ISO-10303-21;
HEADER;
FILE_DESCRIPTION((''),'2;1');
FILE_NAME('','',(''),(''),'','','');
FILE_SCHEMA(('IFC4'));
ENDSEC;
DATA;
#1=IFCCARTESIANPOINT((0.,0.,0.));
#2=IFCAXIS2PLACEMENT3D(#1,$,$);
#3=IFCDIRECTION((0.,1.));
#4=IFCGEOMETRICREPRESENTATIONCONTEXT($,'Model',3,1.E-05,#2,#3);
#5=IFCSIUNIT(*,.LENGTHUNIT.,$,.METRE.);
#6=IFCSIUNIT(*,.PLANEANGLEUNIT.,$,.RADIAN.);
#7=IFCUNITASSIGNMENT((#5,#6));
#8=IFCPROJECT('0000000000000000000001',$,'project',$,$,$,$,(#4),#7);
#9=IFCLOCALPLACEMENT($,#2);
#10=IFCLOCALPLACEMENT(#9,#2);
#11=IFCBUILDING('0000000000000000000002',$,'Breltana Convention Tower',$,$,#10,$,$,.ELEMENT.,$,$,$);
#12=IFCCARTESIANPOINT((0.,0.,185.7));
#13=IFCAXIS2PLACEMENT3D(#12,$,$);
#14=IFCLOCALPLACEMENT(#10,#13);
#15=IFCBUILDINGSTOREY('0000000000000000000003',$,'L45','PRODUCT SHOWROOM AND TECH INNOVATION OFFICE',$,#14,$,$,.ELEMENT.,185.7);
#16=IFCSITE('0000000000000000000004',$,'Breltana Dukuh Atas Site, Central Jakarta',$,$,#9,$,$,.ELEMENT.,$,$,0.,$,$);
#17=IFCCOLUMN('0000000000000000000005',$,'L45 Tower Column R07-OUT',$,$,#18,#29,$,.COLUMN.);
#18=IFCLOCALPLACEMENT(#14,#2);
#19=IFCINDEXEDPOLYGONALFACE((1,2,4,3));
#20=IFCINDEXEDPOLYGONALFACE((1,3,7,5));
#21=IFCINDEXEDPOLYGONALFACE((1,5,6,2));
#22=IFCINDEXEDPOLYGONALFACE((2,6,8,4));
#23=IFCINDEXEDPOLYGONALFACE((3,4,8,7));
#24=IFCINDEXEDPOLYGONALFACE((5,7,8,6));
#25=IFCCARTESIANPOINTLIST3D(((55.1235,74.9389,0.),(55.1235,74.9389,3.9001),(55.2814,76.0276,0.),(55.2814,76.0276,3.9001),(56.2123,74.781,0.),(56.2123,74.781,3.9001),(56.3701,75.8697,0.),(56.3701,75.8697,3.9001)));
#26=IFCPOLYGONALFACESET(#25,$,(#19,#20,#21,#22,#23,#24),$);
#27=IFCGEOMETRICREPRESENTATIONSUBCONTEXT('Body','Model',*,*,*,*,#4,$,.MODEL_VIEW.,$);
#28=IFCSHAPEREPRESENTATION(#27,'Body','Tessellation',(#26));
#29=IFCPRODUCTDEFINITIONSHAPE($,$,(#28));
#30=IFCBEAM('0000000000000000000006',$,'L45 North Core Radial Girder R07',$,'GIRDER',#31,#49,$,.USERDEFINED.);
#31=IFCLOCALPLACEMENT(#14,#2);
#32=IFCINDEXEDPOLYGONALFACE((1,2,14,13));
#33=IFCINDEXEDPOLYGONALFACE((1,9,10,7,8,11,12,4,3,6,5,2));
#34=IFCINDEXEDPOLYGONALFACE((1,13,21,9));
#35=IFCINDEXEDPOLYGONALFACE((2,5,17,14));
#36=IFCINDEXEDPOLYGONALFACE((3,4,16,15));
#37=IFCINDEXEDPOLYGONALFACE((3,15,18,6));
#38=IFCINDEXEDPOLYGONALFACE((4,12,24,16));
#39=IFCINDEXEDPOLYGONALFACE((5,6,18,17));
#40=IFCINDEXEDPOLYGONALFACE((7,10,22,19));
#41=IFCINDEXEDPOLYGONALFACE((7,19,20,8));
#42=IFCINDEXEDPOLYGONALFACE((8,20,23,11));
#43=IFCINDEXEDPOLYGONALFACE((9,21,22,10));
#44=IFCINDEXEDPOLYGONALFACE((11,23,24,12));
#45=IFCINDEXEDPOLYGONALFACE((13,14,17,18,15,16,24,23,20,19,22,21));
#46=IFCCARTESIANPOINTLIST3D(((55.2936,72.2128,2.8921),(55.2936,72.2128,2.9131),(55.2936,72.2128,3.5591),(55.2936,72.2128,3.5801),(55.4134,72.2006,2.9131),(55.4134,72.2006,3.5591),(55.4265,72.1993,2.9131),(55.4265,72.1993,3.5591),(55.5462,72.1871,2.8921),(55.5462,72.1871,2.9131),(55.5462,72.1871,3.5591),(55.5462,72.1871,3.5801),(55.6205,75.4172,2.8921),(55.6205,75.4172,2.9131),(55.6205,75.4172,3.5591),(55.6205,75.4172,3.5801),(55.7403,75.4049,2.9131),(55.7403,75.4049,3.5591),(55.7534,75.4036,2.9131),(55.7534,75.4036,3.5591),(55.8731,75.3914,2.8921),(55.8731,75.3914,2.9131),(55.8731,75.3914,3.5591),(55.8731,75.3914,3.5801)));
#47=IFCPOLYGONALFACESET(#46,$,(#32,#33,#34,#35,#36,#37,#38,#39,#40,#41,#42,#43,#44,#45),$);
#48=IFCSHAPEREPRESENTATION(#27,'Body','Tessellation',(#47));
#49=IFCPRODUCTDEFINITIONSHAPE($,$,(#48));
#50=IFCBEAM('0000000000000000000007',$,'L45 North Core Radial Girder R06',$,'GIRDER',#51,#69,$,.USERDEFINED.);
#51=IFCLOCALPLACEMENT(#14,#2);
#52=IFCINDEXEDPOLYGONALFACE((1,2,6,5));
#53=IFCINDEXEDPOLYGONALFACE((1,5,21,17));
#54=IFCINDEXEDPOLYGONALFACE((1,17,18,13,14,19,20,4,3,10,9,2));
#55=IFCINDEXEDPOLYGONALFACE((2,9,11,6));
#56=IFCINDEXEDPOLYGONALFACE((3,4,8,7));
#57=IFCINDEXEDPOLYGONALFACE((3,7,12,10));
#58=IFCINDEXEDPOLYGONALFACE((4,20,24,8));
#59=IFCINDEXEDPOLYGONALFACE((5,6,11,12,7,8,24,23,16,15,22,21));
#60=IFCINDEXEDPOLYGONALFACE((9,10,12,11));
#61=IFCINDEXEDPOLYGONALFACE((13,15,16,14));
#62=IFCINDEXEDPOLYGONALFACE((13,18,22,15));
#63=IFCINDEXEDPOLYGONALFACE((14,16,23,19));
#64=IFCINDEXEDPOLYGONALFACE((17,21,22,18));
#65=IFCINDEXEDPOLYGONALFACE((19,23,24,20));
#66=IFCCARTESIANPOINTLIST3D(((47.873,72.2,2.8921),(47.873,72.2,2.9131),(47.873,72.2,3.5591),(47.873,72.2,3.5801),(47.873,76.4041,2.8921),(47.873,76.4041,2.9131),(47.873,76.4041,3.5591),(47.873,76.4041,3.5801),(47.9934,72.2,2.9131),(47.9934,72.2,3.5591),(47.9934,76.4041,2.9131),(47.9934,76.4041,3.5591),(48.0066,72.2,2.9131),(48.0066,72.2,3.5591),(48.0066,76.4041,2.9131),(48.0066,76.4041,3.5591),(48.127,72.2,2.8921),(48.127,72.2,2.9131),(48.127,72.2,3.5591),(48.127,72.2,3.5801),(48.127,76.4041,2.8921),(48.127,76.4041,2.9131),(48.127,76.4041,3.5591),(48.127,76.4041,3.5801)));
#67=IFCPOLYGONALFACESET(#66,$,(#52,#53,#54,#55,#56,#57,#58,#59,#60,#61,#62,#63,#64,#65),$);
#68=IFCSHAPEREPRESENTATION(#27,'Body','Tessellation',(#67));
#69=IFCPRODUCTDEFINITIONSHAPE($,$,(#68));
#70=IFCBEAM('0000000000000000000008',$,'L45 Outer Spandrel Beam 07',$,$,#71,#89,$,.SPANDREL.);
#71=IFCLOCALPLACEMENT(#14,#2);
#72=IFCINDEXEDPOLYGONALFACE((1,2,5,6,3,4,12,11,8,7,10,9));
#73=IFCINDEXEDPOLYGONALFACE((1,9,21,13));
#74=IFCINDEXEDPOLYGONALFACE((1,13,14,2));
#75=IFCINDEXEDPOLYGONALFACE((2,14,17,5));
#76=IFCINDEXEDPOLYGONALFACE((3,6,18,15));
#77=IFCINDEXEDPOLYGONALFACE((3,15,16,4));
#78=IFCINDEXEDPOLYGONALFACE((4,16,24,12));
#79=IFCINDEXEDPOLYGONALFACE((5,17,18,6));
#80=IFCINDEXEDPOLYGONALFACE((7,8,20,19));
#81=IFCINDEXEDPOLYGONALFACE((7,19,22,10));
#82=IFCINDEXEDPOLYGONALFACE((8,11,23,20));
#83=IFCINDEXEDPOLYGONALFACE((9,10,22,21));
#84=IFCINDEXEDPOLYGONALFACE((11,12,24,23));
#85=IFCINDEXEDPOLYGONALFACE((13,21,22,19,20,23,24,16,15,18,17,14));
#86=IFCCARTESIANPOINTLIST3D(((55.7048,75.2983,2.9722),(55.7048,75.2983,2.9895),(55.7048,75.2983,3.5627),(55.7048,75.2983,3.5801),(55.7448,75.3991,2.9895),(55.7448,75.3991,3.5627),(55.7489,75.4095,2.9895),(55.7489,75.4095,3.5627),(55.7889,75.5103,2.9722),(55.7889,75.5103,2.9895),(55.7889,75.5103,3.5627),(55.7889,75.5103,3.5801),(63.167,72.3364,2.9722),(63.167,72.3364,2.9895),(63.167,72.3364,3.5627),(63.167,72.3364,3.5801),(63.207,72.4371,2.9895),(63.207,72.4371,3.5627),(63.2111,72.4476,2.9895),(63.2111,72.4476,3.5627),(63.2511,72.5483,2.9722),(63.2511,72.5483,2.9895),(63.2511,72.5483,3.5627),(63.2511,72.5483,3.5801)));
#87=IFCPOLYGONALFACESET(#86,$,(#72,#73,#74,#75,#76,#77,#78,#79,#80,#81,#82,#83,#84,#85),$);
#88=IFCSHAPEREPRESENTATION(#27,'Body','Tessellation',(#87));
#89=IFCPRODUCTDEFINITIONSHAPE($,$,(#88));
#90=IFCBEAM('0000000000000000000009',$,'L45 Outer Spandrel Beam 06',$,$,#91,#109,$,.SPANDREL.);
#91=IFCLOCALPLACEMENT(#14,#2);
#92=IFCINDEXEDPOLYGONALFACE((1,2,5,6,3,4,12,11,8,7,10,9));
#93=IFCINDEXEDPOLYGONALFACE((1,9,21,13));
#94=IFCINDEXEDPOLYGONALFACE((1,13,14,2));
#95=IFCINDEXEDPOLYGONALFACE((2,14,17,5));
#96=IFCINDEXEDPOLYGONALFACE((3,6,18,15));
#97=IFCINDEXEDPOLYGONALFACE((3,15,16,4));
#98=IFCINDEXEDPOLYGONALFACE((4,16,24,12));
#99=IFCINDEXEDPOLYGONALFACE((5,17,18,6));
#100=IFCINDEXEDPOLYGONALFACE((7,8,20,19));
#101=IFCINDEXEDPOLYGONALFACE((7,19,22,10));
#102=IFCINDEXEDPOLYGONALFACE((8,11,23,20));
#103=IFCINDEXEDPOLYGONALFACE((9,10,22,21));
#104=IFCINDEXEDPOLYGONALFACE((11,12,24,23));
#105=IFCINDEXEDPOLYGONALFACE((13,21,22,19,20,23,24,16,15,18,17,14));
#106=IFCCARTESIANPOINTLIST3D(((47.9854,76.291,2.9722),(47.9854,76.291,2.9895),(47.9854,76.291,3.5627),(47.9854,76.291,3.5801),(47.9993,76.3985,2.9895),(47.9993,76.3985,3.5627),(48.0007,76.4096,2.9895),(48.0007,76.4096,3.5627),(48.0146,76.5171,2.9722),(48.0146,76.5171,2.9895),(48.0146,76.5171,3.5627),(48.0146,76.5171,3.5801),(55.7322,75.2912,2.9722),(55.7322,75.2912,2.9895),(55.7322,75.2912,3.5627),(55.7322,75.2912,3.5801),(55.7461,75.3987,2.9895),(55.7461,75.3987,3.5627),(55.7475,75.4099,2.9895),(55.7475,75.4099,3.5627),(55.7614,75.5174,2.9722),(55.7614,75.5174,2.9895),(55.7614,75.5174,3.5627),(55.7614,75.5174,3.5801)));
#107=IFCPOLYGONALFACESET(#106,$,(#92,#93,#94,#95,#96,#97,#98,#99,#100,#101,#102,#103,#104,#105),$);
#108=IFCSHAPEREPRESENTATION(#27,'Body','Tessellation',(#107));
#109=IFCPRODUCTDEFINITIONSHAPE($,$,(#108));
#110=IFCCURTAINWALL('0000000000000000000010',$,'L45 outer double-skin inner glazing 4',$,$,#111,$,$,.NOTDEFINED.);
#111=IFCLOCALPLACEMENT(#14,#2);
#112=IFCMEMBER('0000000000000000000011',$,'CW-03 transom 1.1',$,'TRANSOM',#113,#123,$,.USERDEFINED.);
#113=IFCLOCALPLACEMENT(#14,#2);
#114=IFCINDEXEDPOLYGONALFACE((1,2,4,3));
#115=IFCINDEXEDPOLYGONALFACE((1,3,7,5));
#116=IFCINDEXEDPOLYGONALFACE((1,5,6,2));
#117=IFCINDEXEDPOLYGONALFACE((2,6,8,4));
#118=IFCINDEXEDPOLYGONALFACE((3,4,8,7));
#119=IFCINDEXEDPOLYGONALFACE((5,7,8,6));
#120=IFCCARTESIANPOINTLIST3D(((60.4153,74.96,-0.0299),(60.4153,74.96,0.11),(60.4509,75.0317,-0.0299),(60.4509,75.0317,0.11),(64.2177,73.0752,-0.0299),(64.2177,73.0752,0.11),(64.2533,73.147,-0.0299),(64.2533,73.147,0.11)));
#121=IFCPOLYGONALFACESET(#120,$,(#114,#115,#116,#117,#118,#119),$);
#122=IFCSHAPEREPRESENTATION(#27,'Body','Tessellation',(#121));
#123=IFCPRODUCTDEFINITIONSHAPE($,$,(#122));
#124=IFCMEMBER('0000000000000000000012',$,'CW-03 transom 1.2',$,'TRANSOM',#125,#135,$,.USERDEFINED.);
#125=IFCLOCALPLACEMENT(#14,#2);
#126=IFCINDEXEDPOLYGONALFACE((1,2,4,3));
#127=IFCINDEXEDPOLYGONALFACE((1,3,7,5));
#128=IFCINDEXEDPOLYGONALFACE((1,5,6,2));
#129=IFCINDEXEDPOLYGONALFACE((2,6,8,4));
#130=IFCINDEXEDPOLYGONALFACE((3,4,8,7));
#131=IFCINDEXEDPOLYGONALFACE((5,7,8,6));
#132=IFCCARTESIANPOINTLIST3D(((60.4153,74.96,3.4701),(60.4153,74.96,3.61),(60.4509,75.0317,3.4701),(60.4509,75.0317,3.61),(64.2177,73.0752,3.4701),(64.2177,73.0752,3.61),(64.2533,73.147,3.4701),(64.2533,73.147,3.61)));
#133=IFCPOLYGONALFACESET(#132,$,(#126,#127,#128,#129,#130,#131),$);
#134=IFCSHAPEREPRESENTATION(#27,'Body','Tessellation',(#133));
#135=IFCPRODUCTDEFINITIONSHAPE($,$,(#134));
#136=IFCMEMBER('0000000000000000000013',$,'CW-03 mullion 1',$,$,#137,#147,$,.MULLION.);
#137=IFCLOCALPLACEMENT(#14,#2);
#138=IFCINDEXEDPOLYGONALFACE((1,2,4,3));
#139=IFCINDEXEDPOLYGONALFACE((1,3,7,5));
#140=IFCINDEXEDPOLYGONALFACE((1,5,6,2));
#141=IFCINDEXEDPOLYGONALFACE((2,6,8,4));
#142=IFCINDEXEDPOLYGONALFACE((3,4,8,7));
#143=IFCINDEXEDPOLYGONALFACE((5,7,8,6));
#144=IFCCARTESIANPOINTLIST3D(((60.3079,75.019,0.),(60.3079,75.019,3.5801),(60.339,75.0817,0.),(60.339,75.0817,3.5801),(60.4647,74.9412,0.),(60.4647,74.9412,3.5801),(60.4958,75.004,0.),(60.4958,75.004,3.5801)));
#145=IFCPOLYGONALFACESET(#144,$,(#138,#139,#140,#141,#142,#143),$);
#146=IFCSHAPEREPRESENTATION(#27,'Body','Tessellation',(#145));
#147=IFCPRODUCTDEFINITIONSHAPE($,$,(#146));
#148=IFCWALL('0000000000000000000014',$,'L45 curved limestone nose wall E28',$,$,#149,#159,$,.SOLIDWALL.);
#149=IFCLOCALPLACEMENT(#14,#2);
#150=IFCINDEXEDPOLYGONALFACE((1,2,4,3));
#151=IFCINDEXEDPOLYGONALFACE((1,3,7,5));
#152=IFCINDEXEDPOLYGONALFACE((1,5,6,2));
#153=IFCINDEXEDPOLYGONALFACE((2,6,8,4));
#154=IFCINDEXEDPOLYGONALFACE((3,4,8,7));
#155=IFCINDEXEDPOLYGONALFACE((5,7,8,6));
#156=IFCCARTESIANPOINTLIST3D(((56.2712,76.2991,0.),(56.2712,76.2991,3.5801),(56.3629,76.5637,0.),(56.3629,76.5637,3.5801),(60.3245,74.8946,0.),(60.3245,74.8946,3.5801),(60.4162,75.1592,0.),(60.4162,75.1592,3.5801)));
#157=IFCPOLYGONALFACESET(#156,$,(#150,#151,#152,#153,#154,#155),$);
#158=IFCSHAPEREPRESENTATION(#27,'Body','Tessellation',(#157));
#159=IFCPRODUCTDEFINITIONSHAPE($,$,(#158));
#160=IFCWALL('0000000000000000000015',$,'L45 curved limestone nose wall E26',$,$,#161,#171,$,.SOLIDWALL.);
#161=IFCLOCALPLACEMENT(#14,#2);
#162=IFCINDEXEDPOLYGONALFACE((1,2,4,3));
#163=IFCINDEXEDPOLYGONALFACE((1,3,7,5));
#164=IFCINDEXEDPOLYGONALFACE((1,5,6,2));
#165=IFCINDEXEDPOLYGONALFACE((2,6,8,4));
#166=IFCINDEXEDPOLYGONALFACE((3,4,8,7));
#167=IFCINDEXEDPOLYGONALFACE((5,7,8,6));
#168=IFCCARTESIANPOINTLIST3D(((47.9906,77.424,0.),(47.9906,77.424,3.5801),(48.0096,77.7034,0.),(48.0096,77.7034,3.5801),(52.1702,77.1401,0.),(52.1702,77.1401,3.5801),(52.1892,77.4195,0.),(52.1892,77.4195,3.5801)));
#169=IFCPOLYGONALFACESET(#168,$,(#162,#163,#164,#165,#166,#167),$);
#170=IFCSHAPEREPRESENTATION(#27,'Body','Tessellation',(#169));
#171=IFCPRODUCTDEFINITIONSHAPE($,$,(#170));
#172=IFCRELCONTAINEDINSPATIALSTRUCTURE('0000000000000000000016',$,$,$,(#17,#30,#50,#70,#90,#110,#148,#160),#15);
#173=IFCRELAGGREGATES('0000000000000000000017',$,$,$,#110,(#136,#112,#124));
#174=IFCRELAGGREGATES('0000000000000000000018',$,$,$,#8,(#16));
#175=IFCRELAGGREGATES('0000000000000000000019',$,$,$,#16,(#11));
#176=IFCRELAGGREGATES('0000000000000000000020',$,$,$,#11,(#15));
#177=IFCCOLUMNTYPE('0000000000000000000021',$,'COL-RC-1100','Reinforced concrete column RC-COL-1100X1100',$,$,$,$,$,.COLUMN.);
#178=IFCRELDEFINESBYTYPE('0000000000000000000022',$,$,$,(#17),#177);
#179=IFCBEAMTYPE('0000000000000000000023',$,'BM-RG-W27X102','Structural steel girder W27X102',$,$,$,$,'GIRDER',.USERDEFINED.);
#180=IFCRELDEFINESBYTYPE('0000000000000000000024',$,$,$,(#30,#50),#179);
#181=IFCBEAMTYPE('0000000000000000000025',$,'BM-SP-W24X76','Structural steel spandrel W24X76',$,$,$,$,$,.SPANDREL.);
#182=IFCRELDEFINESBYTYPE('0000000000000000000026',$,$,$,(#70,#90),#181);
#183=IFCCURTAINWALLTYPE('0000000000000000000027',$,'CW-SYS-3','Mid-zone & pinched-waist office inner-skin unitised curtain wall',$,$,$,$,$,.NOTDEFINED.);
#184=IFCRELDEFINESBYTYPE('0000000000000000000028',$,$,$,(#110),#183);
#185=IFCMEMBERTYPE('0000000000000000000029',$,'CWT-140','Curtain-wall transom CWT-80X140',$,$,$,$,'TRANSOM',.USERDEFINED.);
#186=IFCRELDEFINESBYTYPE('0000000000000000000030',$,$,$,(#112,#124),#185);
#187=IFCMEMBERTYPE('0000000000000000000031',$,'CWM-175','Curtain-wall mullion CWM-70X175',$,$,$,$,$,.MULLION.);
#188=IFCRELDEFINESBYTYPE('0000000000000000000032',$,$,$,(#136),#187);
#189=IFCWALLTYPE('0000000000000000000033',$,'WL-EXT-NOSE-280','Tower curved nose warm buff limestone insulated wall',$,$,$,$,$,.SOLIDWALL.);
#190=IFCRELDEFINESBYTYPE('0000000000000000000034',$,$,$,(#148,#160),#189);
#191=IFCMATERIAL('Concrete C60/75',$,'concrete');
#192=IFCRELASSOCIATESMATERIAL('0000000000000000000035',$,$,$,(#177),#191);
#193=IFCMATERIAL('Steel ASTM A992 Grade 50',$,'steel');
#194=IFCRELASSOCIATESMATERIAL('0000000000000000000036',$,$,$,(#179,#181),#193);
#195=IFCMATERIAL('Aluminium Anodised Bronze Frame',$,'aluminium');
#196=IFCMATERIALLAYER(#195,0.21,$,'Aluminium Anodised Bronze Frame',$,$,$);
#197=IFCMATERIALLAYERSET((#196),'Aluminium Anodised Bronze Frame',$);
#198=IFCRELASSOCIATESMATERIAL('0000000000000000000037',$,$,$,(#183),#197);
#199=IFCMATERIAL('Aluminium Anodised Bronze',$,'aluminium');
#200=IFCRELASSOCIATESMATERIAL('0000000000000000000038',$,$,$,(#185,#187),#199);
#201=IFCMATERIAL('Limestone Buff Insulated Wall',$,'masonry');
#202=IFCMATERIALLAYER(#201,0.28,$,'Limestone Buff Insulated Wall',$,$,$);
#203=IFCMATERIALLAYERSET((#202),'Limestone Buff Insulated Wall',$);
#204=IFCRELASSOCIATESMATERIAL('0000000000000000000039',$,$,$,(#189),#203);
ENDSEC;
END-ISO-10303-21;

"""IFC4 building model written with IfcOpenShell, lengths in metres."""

from ifc_helpers import new_model, si_unit, direction, frame, frame_2d, origin, origin_2d, place, context, subcontext, project, spatial, rectangle, i_section, extrude, source, transform, mapped, material, layer, layer_set, material_profile, profile_set, type_object, element, aggregate, save


model = new_model("IFC4")

# Units and contexts
model_context = context("Model", 3, precision=1e-05, world=origin(), true_north=direction((0.0, 1.0)))
body_context = subcontext(model_context, "Body", "Model", "MODEL_VIEW")
ifc_project = project(units=[si_unit("LENGTHUNIT", "METRE"), si_unit("PLANEANGLEUNIT", "RADIAN")], contexts=[model_context])

# Site, building, storey
site_placement = place(None, origin())
site = spatial("IfcSite", under=ifc_project, at=site_placement, Name="Breltana Dukuh Atas Site, Central Jakarta", CompositionType="ELEMENT", RefElevation=0.0)
building_placement = place(site_placement, origin())
building = spatial("IfcBuilding", under=site, at=building_placement, Name="Breltana Convention Tower", CompositionType="ELEMENT")
storey_placement = place(building_placement, frame((0.0, 0.0, 185.7)))
storey = spatial("IfcBuildingStorey", under=building, at=storey_placement, Name="L45", Description="PRODUCT SHOWROOM AND TECH INNOVATION OFFICE", CompositionType="ELEMENT", Elevation=185.7)

# Column
ifc_material_1 = material(Name="Concrete C60/75", Category="concrete")
ifc_material_profile_1 = material_profile(ifc_material_1, rectangle(XDim=1.1001, YDim=1.1001, at=origin_2d()), Name="RC-COL-1100X1100")
ifc_profile_set_1 = profile_set([ifc_material_profile_1], Name="Concrete C60/75")
column_type = type_object("IfcColumnType", Name="COL-RC-1100", Description="Reinforced concrete column RC-COL-1100X1100", PredefinedType="COLUMN", material=ifc_profile_set_1)
shared_shape_1 = source(origin(), body_context, "Body", "SweptSolid", [
    extrude(rectangle(XDim=1.1001, YDim=1.1001, at=origin_2d()), origin(), (0.0, 0.0, 1.0), 3.9001),
])
column_placement = place(storey_placement, frame((55.7468, 75.4043, 0.0), z_axis=(0.0, 0.0, 1.0), x_axis=(0.143493, 0.989651, 0.0)))
element("IfcColumn", 1, at=column_placement, inside=storey, type_object=column_type, Name="L45 Tower Column R07-OUT", PredefinedType="COLUMN", context=body_context, shape_type="MappedRepresentation", body=[
    mapped(shared_shape_1, transform((0.0, 0.0, 0.0), scale=1.0)),
])

# Beams
ifc_material_2 = material(Name="Steel ASTM A992 Grade 50", Category="steel")
ifc_material_profile_2 = material_profile(ifc_material_2, i_section(OverallWidth=0.2539, OverallDepth=0.688, WebThickness=0.0132, FlangeThickness=0.021, at=origin_2d()), Name="W27X102")
ifc_profile_set_2 = profile_set([ifc_material_profile_2], Name="Steel ASTM A992 Grade 50")
beam_type_1 = type_object("IfcBeamType", Name="BM-RG-W27X102", Description="Structural steel girder W27X102", ElementType="GIRDER", PredefinedType="USERDEFINED", material=ifc_profile_set_2)
shared_shape_2 = source(origin(), body_context, "Body", "SweptSolid", [
    extrude(i_section(OverallWidth=0.2539, OverallDepth=0.688, WebThickness=0.0132, FlangeThickness=0.021, at=origin_2d()), origin(), (0.0, 0.0, 1.0), 3.2209),
])
beam_1_placement = place(storey_placement, frame((55.4199, 72.2, 3.2361), z_axis=(0.101492, 0.994836, 0.0), x_axis=(-0.994836, 0.101492, 0.0)))
element("IfcBeam", 2, at=beam_1_placement, inside=storey, type_object=beam_type_1, Name="L45 North Core Radial Girder R07", ObjectType="GIRDER", PredefinedType="USERDEFINED", context=body_context, shape_type="MappedRepresentation", body=[
    mapped(shared_shape_2, transform((0.0, 0.0, 0.0), scale=1.0)),
])
shared_shape_3 = source(origin(), body_context, "Body", "SweptSolid", [
    extrude(i_section(OverallWidth=0.2539, OverallDepth=0.688, WebThickness=0.0132, FlangeThickness=0.021, at=origin_2d()), origin(), (0.0, 0.0, 1.0), 4.2041),
])
beam_2_placement = place(storey_placement, frame((48.0, 72.2, 3.2361), z_axis=(0.0, 1.0, 0.0), x_axis=(-1.0, 0.0, 0.0)))
element("IfcBeam", 3, at=beam_2_placement, inside=storey, type_object=beam_type_1, Name="L45 North Core Radial Girder R06", ObjectType="GIRDER", PredefinedType="USERDEFINED", context=body_context, shape_type="MappedRepresentation", body=[
    mapped(shared_shape_3, transform((0.0, 0.0, 0.0), scale=1.0)),
])
ifc_material_profile_3 = material_profile(ifc_material_2, i_section(OverallWidth=0.228, OverallDepth=0.6079, WebThickness=0.0112, FlangeThickness=0.0173, at=origin_2d()), Name="W24X76")
ifc_profile_set_3 = profile_set([ifc_material_profile_3], Name="Steel ASTM A992 Grade 50")
beam_type_2 = type_object("IfcBeamType", Name="BM-SP-W24X76", Description="Structural steel spandrel W24X76", PredefinedType="SPANDREL", material=ifc_profile_set_3)
shared_shape_4 = source(origin(), body_context, "Body", "SweptSolid", [
    extrude(i_section(OverallWidth=0.228, OverallDepth=0.6079, WebThickness=0.0112, FlangeThickness=0.0173, at=origin_2d()), origin(), (0.0, 0.0, 1.0), 8.0286),
])
beam_3_placement = place(storey_placement, frame((55.7468, 75.4043, 3.2761), z_axis=(0.929459, -0.368925, 0.0), x_axis=(0.368925, 0.929459, 0.0)))
element("IfcBeam", 4, at=beam_3_placement, inside=storey, type_object=beam_type_2, Name="L45 Outer Spandrel Beam 07", PredefinedType="SPANDREL", context=body_context, shape_type="MappedRepresentation", body=[
    mapped(shared_shape_4, transform((0.0, 0.0, 0.0), scale=1.0)),
])
shared_shape_5 = source(origin(), body_context, "Body", "SweptSolid", [
    extrude(i_section(OverallWidth=0.228, OverallDepth=0.6079, WebThickness=0.0112, FlangeThickness=0.0173, at=origin_2d()), origin(), (0.0, 0.0, 1.0), 7.811),
])
beam_4_placement = place(storey_placement, frame((48.0, 76.4041, 3.2761), z_axis=(0.991775, -0.127992, 0.0), x_axis=(0.127992, 0.991775, 0.0)))
element("IfcBeam", 5, at=beam_4_placement, inside=storey, type_object=beam_type_2, Name="L45 Outer Spandrel Beam 06", PredefinedType="SPANDREL", context=body_context, shape_type="MappedRepresentation", body=[
    mapped(shared_shape_5, transform((0.0, 0.0, 0.0), scale=1.0)),
])

# Curtain wall, members
ifc_material_3 = material(Name="Aluminium Anodised Bronze Frame", Category="aluminium")
ifc_layer_1 = layer(ifc_material_3, 0.21, Name="Aluminium Anodised Bronze Frame")
ifc_layer_set_1 = layer_set([ifc_layer_1], Name="Aluminium Anodised Bronze Frame")
curtain_wall_type = type_object("IfcCurtainWallType", Name="CW-SYS-3", Description="Mid-zone & pinched-waist office inner-skin unitised curtain wall", PredefinedType="NOTDEFINED", material=ifc_layer_set_1)
curtain_wall_placement = place(storey_placement, origin())
curtain_wall = element("IfcCurtainWall", 6, at=curtain_wall_placement, inside=storey, type_object=curtain_wall_type, Name="L45 outer double-skin inner glazing 4", PredefinedType="NOTDEFINED")
ifc_material_4 = material(Name="Aluminium Anodised Bronze", Category="aluminium")
ifc_material_profile_4 = material_profile(ifc_material_4, rectangle(XDim=0.0801, YDim=0.1399, at=origin_2d()), Name="CWT-80X140")
ifc_profile_set_4 = profile_set([ifc_material_profile_4], Name="Aluminium Anodised Bronze")
member_type_1 = type_object("IfcMemberType", Name="CWT-140", Description="Curtain-wall transom CWT-80X140", ElementType="TRANSOM", PredefinedType="USERDEFINED", material=ifc_profile_set_4)
shared_shape_6 = source(origin(), body_context, "Body", "SweptSolid", [
    extrude(rectangle(XDim=0.0801, YDim=0.1399, at=origin_2d()), origin(), (0.0, 0.0, 1.0), 4.2439),
])
member_1_placement = place(storey_placement, frame((60.4331, 74.9958, 0.04), z_axis=(0.895975, -0.444104, 0.0), x_axis=(0.444104, 0.895975, 0.0)))
member_1 = element("IfcMember", 7, at=member_1_placement, type_object=member_type_1, Name="CW-03 transom 1.1", ObjectType="TRANSOM", PredefinedType="USERDEFINED", context=body_context, shape_type="MappedRepresentation", body=[
    mapped(shared_shape_6, transform((0.0, 0.0, 0.0), scale=1.0)),
])
member_2_placement = place(storey_placement, frame((60.4331, 74.9958, 3.54), z_axis=(0.895975, -0.444104, 0.0), x_axis=(0.444104, 0.895975, 0.0)))
member_2 = element("IfcMember", 8, at=member_2_placement, type_object=member_type_1, Name="CW-03 transom 1.2", ObjectType="TRANSOM", PredefinedType="USERDEFINED", context=body_context, shape_type="MappedRepresentation", body=[
    mapped(shared_shape_6, transform((0.0, 0.0, 0.0), scale=1.0)),
])
ifc_material_profile_5 = material_profile(ifc_material_4, rectangle(XDim=0.0701, YDim=0.175, at=origin_2d()), Name="CWM-70X175")
ifc_profile_set_5 = profile_set([ifc_material_profile_5], Name="Aluminium Anodised Bronze")
member_type_2 = type_object("IfcMemberType", Name="CWM-175", Description="Curtain-wall mullion CWM-70X175", PredefinedType="MULLION", material=ifc_profile_set_5)
shared_shape_7 = source(origin(), body_context, "Body", "SweptSolid", [
    extrude(rectangle(XDim=0.0701, YDim=0.175, at=origin_2d()), origin(), (0.0, 0.0, 1.0), 3.5801),
])
member_3_placement = place(storey_placement, frame((60.4019, 75.0115, 0.0), z_axis=(0.0, 0.0, 1.0), x_axis=(0.444118, 0.895968, 0.0)))
member_3 = element("IfcMember", 9, at=member_3_placement, type_object=member_type_2, Name="CW-03 mullion 1", PredefinedType="MULLION", context=body_context, shape_type="MappedRepresentation", body=[
    mapped(shared_shape_7, transform((0.0, 0.0, 0.0), scale=1.0)),
])
aggregate(curtain_wall, [member_3, member_1, member_2])

# Walls
ifc_material_5 = material(Name="Limestone Buff Insulated Wall", Category="masonry")
ifc_layer_2 = layer(ifc_material_5, 0.28, Name="Limestone Buff Insulated Wall")
ifc_layer_set_2 = layer_set([ifc_layer_2], Name="Limestone Buff Insulated Wall")
wall_type_1 = type_object("IfcWallType", Name="WL-EXT-NOSE-280", Description="Tower curved nose warm buff limestone insulated wall", PredefinedType="SOLIDWALL", material=ifc_layer_set_2)
shared_shape_8 = source(origin(), body_context, "Body", "SweptSolid", [
    extrude(rectangle(XDim=4.2898, YDim=0.28, at=frame_2d((2.145, 0.0))), origin(), (0.0, 0.0, 1.0), 3.5801),
])
wall_1_placement = place(storey_placement, frame((56.3169, 76.4314, 0.0), z_axis=(0.0, 0.0, 1.0), x_axis=(0.944884, -0.327406, 0.0)))
element("IfcWall", 10, at=wall_1_placement, inside=storey, type_object=wall_type_1, Name="L45 curved limestone nose wall E28", PredefinedType="SOLIDWALL", context=body_context, shape_type="MappedRepresentation", body=[
    mapped(shared_shape_8, transform((0.0, 0.0, 0.0), scale=1.0)),
])
shared_shape_9 = source(origin(), body_context, "Body", "SweptSolid", [
    extrude(rectangle(XDim=4.1892, YDim=0.28, at=frame_2d((2.0947, 0.0))), origin(), (0.0, 0.0, 1.0), 3.5801),
])
wall_2_placement = place(storey_placement, frame((48.0, 77.5637, 0.0), z_axis=(0.0, 0.0, 1.0), x_axis=(0.997701, -0.067776, 0.0)))
element("IfcWall", 11, at=wall_2_placement, inside=storey, type_object=wall_type_1, Name="L45 curved limestone nose wall E26", PredefinedType="SOLIDWALL", context=body_context, shape_type="MappedRepresentation", body=[
    mapped(shared_shape_9, transform((0.0, 0.0, 0.0), scale=1.0)),
])

save(model, "model.ifc")
